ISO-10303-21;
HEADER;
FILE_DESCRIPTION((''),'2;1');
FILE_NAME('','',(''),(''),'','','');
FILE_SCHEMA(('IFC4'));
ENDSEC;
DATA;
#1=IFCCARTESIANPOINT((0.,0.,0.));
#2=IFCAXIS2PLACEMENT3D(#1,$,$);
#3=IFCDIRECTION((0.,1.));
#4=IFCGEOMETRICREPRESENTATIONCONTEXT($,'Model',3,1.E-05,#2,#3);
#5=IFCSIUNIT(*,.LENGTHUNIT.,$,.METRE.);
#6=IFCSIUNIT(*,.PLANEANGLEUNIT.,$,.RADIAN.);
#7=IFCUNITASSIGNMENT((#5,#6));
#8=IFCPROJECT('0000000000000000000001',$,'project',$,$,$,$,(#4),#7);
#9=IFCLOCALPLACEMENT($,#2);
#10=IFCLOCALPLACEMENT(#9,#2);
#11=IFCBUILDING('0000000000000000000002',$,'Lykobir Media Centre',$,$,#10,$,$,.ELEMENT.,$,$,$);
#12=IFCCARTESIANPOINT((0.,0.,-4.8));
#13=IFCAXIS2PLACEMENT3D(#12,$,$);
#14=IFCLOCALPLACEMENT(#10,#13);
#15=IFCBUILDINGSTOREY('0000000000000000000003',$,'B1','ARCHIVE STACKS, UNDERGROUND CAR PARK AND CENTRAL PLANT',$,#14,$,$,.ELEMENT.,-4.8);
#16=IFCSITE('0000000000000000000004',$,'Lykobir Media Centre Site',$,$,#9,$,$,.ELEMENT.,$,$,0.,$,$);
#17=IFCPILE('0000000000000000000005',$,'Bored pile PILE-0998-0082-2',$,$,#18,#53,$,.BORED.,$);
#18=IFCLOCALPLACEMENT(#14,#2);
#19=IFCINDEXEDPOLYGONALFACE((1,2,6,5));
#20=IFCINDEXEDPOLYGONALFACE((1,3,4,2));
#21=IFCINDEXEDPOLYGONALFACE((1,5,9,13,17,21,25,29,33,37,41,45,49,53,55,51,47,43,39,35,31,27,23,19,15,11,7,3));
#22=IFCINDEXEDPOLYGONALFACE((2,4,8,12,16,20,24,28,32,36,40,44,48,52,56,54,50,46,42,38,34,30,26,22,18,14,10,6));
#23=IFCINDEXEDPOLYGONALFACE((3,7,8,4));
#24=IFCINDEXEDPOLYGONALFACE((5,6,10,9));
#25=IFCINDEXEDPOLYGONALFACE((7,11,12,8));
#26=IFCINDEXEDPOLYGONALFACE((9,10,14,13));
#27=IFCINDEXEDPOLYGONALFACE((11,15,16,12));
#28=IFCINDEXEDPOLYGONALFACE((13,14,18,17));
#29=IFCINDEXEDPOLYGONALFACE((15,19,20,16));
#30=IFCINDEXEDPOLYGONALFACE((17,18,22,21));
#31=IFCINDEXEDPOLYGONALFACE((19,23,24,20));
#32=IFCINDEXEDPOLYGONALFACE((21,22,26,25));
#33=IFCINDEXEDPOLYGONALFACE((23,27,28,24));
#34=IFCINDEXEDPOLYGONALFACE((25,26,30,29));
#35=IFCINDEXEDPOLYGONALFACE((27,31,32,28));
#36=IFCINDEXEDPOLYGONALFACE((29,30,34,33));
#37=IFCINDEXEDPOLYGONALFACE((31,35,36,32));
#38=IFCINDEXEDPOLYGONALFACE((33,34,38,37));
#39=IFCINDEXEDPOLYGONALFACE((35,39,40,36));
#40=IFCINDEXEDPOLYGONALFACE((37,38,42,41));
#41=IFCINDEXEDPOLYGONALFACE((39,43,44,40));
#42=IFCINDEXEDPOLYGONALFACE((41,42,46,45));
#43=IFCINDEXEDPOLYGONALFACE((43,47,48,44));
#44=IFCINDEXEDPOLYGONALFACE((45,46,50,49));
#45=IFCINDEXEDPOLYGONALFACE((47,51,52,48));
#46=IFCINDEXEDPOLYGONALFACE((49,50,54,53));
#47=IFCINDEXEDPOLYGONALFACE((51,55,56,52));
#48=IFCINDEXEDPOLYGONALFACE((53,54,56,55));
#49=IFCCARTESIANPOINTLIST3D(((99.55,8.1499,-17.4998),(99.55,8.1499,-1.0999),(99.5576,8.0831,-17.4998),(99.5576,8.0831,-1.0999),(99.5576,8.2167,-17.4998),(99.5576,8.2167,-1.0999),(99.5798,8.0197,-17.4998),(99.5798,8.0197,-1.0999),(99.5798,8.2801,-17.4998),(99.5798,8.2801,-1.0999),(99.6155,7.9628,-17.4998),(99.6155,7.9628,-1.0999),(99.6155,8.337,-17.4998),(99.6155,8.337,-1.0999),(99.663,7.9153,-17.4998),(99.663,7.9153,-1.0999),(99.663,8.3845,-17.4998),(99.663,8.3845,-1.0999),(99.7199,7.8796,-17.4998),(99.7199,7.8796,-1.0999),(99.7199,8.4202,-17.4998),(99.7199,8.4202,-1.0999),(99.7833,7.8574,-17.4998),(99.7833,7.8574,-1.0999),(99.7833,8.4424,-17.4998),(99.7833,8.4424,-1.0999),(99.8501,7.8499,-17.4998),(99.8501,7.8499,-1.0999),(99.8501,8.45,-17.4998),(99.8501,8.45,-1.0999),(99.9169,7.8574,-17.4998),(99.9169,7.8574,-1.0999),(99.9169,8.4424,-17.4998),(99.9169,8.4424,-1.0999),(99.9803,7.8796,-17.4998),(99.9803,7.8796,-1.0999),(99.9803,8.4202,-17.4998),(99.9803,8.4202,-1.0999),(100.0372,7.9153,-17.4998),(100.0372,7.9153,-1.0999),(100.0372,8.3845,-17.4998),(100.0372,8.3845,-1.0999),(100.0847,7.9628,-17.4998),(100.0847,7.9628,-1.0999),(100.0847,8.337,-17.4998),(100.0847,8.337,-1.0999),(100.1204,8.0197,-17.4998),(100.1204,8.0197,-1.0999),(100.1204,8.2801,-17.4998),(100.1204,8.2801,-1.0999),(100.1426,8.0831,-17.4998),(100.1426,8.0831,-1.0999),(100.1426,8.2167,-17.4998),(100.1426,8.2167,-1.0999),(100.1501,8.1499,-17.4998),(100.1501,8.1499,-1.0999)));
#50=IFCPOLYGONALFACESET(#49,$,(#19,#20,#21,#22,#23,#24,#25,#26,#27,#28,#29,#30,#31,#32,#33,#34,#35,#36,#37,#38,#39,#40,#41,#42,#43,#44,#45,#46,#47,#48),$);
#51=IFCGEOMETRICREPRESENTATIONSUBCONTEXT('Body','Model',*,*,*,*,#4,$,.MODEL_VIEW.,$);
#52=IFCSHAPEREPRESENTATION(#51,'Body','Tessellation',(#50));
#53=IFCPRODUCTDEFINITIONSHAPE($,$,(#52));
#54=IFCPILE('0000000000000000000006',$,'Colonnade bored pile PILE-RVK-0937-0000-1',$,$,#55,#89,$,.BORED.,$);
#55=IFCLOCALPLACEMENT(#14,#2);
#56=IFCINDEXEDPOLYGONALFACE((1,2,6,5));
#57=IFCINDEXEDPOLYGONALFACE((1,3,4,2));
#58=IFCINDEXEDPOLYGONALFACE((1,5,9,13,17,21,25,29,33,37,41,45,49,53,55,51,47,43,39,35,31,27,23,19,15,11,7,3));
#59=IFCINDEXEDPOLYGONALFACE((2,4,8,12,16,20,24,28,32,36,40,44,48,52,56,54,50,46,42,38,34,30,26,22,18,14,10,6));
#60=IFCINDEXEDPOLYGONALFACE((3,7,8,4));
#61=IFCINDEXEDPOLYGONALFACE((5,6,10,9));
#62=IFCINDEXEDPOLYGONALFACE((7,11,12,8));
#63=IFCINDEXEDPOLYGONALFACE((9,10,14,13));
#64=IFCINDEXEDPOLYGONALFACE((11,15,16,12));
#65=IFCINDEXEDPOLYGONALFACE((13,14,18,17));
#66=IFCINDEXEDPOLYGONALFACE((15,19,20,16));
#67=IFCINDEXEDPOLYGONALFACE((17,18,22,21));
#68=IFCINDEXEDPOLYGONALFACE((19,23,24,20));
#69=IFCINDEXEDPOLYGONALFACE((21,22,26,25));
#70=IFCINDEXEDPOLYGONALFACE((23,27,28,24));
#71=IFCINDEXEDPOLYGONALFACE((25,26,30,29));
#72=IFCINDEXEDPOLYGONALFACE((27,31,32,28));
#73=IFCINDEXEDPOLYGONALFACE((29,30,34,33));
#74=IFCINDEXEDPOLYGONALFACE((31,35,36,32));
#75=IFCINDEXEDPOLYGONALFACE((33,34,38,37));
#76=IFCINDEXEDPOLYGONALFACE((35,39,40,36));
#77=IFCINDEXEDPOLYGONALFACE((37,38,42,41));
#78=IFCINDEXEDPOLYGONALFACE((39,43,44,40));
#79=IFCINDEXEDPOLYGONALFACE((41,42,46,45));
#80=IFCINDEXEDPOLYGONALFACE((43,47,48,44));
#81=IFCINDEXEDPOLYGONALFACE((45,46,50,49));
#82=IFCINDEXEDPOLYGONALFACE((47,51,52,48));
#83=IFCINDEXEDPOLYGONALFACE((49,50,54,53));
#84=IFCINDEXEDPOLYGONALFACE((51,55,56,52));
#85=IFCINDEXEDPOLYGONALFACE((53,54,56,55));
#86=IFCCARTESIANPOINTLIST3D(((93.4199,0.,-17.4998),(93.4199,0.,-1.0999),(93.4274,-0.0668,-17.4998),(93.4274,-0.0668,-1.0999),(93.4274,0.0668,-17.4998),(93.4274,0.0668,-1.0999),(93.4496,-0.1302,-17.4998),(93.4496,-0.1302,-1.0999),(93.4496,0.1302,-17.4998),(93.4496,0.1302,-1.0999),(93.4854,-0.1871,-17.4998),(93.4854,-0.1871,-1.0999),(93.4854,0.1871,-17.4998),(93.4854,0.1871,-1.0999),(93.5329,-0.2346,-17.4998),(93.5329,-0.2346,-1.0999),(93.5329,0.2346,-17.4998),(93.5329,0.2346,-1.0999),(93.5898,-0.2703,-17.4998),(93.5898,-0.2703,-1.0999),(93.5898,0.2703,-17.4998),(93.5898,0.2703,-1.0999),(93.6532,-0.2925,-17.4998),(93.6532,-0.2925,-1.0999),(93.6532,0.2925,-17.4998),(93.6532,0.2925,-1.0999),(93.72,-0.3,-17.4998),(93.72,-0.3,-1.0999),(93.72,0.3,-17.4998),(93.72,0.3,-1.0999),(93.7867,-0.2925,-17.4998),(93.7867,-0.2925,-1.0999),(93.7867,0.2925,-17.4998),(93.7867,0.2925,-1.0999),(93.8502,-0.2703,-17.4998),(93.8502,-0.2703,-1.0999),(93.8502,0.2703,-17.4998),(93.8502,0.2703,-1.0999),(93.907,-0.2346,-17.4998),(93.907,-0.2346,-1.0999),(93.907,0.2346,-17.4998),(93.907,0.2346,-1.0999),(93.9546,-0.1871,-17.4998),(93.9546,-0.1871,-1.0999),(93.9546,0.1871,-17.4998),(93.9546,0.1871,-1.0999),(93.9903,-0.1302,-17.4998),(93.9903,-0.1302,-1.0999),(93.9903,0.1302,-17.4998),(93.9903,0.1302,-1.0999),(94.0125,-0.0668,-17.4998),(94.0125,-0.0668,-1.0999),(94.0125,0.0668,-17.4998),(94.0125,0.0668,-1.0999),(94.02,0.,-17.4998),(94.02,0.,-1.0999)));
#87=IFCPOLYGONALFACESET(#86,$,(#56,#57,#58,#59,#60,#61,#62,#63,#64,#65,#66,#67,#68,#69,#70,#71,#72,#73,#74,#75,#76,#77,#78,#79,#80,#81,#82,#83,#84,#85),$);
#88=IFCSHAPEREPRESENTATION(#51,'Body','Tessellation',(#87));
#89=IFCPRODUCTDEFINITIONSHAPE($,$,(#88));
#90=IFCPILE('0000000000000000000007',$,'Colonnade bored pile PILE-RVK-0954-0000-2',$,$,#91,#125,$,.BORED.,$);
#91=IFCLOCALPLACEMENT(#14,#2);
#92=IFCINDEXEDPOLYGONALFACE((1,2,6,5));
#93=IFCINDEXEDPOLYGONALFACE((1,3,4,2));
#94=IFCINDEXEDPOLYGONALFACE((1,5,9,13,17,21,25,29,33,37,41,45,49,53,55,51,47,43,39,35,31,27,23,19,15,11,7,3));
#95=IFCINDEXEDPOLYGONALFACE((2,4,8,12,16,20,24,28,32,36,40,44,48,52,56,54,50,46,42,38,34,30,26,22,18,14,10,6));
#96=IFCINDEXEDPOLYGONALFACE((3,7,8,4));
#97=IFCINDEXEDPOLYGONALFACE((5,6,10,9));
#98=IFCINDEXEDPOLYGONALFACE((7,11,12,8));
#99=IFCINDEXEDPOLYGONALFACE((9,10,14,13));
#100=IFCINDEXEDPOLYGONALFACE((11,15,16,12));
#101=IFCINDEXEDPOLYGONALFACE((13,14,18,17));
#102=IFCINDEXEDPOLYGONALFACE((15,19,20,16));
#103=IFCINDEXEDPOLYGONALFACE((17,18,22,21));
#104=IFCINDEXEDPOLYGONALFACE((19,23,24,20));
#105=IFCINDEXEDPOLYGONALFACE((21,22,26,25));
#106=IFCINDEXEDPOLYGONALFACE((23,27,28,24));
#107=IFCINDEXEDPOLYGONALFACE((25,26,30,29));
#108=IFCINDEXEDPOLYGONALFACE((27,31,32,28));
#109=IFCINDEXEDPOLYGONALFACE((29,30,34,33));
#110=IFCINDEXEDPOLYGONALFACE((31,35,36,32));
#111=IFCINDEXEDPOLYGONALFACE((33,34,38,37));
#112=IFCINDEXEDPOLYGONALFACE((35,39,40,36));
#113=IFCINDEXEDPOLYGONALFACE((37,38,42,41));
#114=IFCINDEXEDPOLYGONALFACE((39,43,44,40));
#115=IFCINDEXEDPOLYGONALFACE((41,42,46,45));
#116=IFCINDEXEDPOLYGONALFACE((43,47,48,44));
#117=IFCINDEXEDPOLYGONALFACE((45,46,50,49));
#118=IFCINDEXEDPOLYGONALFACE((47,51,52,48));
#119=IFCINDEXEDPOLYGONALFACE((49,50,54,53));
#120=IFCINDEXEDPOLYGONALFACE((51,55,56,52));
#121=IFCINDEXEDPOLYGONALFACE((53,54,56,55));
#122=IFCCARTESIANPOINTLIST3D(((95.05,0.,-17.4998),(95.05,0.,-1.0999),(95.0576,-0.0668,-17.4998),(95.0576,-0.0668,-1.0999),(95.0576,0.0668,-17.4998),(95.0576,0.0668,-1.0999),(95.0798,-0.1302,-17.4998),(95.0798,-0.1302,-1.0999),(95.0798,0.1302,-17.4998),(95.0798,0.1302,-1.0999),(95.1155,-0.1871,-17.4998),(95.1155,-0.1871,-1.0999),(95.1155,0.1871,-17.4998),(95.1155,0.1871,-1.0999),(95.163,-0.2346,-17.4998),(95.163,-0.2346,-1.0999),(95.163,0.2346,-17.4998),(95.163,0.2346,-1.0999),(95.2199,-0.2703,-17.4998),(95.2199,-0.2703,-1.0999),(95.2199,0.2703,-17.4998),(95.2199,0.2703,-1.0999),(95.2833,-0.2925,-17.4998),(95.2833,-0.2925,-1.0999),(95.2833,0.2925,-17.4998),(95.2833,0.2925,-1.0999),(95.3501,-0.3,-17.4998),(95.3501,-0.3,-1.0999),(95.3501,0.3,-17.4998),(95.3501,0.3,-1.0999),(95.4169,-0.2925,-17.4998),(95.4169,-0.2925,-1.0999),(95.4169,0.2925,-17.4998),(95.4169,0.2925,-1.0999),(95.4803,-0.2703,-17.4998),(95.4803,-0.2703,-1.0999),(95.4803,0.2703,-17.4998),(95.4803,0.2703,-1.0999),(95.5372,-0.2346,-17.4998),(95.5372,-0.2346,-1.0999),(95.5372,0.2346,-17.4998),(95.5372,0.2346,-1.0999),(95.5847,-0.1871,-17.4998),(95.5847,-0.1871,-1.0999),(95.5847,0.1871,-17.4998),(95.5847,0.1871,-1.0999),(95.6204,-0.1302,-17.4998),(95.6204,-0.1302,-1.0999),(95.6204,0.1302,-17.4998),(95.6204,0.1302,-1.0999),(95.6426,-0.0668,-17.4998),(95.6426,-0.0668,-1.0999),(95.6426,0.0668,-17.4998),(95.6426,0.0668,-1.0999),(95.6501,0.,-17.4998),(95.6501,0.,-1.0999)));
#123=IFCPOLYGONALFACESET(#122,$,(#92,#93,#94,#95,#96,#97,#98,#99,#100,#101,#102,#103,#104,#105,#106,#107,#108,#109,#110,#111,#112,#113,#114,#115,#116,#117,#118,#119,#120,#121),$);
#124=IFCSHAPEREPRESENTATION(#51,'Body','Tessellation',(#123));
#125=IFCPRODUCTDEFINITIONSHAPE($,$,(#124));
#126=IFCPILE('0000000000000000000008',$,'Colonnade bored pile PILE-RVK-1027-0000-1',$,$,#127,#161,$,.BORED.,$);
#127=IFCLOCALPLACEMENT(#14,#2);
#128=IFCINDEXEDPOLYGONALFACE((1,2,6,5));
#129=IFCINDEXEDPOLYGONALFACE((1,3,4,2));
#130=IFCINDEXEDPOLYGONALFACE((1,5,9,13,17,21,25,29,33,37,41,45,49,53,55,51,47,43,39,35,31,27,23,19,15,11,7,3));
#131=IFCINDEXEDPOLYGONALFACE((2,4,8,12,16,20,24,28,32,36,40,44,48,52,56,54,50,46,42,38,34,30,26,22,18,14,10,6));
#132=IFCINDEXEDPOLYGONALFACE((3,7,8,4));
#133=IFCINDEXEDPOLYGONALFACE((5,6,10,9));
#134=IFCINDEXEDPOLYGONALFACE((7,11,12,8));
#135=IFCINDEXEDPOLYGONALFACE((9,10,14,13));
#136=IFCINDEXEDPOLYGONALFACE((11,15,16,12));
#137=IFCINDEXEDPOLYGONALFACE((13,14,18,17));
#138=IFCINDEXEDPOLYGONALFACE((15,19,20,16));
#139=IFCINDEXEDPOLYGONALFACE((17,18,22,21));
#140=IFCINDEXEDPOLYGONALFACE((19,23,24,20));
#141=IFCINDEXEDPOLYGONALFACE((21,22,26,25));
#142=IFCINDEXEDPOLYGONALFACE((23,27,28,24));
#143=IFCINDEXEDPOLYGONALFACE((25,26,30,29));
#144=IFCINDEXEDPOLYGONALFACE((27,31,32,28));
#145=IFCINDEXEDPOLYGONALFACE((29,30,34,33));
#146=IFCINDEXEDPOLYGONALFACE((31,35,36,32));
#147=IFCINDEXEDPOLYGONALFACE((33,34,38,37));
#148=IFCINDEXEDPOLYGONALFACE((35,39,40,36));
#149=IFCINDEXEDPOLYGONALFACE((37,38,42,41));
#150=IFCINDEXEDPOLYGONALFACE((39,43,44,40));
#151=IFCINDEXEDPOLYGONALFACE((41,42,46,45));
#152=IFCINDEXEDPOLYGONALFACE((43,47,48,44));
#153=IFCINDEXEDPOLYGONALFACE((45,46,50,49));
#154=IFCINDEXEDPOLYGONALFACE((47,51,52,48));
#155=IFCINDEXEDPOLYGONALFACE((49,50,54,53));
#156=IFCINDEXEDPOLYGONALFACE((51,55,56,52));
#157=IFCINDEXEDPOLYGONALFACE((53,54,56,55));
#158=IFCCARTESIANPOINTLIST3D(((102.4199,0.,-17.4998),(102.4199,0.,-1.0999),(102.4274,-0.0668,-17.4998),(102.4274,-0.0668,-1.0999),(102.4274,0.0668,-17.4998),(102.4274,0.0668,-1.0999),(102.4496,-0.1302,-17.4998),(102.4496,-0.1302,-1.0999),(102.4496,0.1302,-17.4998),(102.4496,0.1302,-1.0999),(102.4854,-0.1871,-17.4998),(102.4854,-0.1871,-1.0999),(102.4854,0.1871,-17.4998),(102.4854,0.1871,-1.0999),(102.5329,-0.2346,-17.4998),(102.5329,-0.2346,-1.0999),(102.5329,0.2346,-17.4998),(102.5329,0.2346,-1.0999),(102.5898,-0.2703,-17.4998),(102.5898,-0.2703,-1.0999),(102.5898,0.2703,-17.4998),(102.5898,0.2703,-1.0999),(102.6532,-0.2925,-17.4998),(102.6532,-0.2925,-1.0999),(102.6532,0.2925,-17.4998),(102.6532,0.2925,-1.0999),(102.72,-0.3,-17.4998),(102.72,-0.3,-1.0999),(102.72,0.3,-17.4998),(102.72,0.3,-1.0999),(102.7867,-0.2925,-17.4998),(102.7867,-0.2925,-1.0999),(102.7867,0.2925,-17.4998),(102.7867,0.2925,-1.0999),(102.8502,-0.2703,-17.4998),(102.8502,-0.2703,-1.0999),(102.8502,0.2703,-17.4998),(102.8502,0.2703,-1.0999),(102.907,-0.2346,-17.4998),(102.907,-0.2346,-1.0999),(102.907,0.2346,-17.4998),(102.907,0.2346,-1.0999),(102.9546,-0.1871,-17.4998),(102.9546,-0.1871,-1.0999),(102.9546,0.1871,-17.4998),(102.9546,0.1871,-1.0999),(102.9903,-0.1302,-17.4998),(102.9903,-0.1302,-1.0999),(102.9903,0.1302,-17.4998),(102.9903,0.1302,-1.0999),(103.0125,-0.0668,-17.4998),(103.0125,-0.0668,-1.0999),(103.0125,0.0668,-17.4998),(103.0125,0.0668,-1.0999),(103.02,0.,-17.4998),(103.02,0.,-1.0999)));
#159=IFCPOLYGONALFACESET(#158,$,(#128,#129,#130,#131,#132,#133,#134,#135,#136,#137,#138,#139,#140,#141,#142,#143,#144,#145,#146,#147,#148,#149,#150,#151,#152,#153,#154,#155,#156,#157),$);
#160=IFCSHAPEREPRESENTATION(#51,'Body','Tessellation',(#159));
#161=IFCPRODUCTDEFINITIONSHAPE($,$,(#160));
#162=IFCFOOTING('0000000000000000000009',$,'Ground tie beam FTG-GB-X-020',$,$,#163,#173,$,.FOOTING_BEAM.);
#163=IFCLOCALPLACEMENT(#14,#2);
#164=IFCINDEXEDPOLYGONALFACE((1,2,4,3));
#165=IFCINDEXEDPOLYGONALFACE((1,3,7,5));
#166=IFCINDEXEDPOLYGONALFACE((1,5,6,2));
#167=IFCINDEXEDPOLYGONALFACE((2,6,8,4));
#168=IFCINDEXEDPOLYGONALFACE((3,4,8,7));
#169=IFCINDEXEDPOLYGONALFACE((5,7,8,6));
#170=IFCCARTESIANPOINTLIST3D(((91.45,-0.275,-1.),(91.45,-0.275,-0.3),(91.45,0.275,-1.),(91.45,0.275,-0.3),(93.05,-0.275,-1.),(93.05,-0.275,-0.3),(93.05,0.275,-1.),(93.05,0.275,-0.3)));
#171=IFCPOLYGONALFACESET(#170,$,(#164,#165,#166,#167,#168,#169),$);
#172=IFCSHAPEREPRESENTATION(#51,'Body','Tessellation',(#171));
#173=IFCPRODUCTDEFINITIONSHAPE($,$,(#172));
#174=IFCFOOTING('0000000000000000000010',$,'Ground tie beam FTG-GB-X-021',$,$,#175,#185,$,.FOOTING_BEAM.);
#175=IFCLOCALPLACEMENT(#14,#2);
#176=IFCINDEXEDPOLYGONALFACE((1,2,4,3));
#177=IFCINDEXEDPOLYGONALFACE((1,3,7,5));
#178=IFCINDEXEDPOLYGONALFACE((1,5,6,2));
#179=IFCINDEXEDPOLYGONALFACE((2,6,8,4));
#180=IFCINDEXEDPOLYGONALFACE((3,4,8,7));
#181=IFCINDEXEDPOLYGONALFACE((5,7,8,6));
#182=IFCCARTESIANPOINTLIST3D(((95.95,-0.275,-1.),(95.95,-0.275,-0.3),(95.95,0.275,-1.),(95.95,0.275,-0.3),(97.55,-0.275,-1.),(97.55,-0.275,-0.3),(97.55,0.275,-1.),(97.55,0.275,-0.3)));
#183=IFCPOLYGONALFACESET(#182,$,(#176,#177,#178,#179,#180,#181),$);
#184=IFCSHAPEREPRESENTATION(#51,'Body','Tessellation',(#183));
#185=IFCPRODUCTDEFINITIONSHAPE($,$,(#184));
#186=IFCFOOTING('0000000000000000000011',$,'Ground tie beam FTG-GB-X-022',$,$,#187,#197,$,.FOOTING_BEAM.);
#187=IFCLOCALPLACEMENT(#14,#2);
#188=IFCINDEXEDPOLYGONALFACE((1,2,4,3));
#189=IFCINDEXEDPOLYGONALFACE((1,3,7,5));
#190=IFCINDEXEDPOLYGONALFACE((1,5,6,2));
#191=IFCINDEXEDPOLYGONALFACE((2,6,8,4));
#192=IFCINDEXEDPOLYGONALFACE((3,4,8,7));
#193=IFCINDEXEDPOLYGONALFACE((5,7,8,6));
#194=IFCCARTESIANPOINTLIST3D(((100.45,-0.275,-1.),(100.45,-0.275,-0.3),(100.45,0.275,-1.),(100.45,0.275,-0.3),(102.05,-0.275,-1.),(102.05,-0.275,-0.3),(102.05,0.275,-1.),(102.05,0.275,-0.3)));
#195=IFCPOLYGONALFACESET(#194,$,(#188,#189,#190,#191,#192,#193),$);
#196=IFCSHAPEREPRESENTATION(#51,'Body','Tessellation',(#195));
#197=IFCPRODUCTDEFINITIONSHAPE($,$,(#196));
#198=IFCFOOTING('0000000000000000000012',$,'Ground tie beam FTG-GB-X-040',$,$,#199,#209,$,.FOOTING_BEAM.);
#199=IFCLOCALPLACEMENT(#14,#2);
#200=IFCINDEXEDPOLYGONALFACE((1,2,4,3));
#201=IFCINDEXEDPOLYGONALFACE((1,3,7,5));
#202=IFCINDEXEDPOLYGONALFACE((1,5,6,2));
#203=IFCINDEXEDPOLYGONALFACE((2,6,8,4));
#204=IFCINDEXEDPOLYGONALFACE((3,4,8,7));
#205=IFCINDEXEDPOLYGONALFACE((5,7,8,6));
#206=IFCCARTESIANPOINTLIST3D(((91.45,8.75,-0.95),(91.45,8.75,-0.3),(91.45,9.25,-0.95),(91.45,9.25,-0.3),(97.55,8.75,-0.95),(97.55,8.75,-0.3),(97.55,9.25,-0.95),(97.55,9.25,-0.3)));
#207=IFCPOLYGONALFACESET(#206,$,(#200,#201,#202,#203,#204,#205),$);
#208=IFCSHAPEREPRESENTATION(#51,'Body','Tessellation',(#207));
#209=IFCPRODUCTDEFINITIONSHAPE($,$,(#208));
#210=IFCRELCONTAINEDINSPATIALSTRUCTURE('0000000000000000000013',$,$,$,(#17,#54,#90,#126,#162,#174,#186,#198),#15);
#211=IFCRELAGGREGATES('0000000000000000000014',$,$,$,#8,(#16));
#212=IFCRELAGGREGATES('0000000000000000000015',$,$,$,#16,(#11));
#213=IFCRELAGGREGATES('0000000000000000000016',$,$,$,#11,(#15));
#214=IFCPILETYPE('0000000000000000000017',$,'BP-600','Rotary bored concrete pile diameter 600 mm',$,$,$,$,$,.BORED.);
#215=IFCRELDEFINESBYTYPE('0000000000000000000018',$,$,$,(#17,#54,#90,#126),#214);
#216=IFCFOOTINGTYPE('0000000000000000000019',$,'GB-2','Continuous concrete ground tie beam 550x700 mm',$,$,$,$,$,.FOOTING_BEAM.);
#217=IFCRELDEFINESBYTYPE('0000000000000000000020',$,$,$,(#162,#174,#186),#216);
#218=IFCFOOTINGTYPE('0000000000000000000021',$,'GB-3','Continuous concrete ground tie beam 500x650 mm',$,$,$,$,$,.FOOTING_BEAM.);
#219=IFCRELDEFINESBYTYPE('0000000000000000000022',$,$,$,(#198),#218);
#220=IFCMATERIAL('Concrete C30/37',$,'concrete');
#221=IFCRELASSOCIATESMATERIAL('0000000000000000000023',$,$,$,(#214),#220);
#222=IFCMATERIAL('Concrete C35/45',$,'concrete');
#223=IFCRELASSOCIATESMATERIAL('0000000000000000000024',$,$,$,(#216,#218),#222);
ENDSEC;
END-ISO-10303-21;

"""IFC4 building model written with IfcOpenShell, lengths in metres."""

from ifc_helpers import new_model, si_unit, direction, frame, origin, origin_2d, place, context, subcontext, project, spatial, rectangle, circle, extrude, material, material_profile, profile_set, type_object, element, save


model = new_model("IFC4")

# Units and contexts
model_context = context("Model", 3, precision=1e-05, world=origin(), true_north=direction((0.0, 1.0)))
body_context = subcontext(model_context, "Body", "Model", "MODEL_VIEW")
ifc_project = project(units=[si_unit("LENGTHUNIT", "METRE"), si_unit("PLANEANGLEUNIT", "RADIAN")], contexts=[model_context])

# Site, building, storey
site_placement = place(None, origin())
site = spatial("IfcSite", under=ifc_project, at=site_placement, Name="Lykobir Media Centre Site", CompositionType="ELEMENT", RefElevation=0.0)
building_placement = place(site_placement, origin())
building = spatial("IfcBuilding", under=site, at=building_placement, Name="Lykobir Media Centre", CompositionType="ELEMENT")
storey_placement = place(building_placement, frame((0.0, 0.0, -4.8)))
storey = spatial("IfcBuildingStorey", under=building, at=storey_placement, Name="B1", Description="ARCHIVE STACKS, UNDERGROUND CAR PARK AND CENTRAL PLANT", CompositionType="ELEMENT", Elevation=-4.8)

# Piles
ifc_material_1 = material(Name="Concrete C30/37", Category="concrete")
ifc_material_profile_1 = material_profile(ifc_material_1, circle(Radius=0.3, at=origin_2d()), Name="BORED PILE D600")
ifc_profile_set_1 = profile_set([ifc_material_profile_1], Name="Concrete C30/37")
pile_type = type_object("IfcPileType", Name="BP-600", Description="Rotary bored concrete pile diameter 600 mm", PredefinedType="BORED", material=ifc_profile_set_1)
for number, where, z_axis, x_axis, name in (
    (1, (99.8501, 8.1499, -1.0999), (0.0, 0.0, -1.0), (1.0, 0.0, 0.0), "Bored pile PILE-0998-0082-2"),
    (2, (93.72, 0.0, -1.0999), (0.0, 0.0, -1.0), (1.0, 0.0, 0.0), "Colonnade bored pile PILE-RVK-0937-0000-1"),
    (3, (95.3501, 0.0, -1.0999), (0.0, 0.0, -1.0), (1.0, 0.0, 0.0), "Colonnade bored pile PILE-RVK-0954-0000-2"),
    (4, (102.72, 0.0, -1.0999), (0.0, 0.0, -1.0), (1.0, 0.0, 0.0), "Colonnade bored pile PILE-RVK-1027-0000-1"),
):
    element("IfcPile", number, at=place(storey_placement, frame(where, z_axis=z_axis, x_axis=x_axis)), inside=storey, type_object=pile_type, Name=name, PredefinedType="BORED", context=body_context, shape_type="SweptSolid", body=[
        extrude(circle(Radius=0.3, at=origin_2d()), origin(), (0.0, 0.0, 1.0), 16.3999),
    ])

# Footings
ifc_material_2 = material(Name="Concrete C35/45", Category="concrete")
footing_type_1 = type_object("IfcFootingType", Name="GB-2", Description="Continuous concrete ground tie beam 550x700 mm", PredefinedType="FOOTING_BEAM", material=ifc_material_2)
for number, where, z_axis, x_axis, name in (
    (5, (92.25, 0.0, -1.0), (0.0, 0.0, 1.0), (1.0, 0.0, 0.0), "Ground tie beam FTG-GB-X-020"),
    (6, (96.75, 0.0, -1.0), (0.0, 0.0, 1.0), (1.0, 0.0, 0.0), "Ground tie beam FTG-GB-X-021"),
    (7, (101.25, 0.0, -1.0), (0.0, 0.0, 1.0), (1.0, 0.0, 0.0), "Ground tie beam FTG-GB-X-022"),
):
    element("IfcFooting", number, at=place(storey_placement, frame(where, z_axis=z_axis, x_axis=x_axis)), inside=storey, type_object=footing_type_1, Name=name, PredefinedType="FOOTING_BEAM", context=body_context, shape_type="SweptSolid", body=[
        extrude(rectangle(XDim=1.6001, YDim=0.55, at=origin_2d()), origin(), (0.0, 0.0, 1.0), 0.7),
    ])
footing_type_2 = type_object("IfcFootingType", Name="GB-3", Description="Continuous concrete ground tie beam 500x650 mm", PredefinedType="FOOTING_BEAM", material=ifc_material_2)
footing_1_placement = place(storey_placement, frame((94.5, 9.0, -0.95), z_axis=(0.0, 0.0, 1.0), x_axis=(1.0, 0.0, 0.0)))
element("IfcFooting", 8, at=footing_1_placement, inside=storey, type_object=footing_type_2, Name="Ground tie beam FTG-GB-X-040", PredefinedType="FOOTING_BEAM", context=body_context, shape_type="SweptSolid", body=[
    extrude(rectangle(XDim=6.1001, YDim=0.5, at=origin_2d()), origin(), (0.0, 0.0, 1.0), 0.6499),
])

save(model, "model.ifc")
